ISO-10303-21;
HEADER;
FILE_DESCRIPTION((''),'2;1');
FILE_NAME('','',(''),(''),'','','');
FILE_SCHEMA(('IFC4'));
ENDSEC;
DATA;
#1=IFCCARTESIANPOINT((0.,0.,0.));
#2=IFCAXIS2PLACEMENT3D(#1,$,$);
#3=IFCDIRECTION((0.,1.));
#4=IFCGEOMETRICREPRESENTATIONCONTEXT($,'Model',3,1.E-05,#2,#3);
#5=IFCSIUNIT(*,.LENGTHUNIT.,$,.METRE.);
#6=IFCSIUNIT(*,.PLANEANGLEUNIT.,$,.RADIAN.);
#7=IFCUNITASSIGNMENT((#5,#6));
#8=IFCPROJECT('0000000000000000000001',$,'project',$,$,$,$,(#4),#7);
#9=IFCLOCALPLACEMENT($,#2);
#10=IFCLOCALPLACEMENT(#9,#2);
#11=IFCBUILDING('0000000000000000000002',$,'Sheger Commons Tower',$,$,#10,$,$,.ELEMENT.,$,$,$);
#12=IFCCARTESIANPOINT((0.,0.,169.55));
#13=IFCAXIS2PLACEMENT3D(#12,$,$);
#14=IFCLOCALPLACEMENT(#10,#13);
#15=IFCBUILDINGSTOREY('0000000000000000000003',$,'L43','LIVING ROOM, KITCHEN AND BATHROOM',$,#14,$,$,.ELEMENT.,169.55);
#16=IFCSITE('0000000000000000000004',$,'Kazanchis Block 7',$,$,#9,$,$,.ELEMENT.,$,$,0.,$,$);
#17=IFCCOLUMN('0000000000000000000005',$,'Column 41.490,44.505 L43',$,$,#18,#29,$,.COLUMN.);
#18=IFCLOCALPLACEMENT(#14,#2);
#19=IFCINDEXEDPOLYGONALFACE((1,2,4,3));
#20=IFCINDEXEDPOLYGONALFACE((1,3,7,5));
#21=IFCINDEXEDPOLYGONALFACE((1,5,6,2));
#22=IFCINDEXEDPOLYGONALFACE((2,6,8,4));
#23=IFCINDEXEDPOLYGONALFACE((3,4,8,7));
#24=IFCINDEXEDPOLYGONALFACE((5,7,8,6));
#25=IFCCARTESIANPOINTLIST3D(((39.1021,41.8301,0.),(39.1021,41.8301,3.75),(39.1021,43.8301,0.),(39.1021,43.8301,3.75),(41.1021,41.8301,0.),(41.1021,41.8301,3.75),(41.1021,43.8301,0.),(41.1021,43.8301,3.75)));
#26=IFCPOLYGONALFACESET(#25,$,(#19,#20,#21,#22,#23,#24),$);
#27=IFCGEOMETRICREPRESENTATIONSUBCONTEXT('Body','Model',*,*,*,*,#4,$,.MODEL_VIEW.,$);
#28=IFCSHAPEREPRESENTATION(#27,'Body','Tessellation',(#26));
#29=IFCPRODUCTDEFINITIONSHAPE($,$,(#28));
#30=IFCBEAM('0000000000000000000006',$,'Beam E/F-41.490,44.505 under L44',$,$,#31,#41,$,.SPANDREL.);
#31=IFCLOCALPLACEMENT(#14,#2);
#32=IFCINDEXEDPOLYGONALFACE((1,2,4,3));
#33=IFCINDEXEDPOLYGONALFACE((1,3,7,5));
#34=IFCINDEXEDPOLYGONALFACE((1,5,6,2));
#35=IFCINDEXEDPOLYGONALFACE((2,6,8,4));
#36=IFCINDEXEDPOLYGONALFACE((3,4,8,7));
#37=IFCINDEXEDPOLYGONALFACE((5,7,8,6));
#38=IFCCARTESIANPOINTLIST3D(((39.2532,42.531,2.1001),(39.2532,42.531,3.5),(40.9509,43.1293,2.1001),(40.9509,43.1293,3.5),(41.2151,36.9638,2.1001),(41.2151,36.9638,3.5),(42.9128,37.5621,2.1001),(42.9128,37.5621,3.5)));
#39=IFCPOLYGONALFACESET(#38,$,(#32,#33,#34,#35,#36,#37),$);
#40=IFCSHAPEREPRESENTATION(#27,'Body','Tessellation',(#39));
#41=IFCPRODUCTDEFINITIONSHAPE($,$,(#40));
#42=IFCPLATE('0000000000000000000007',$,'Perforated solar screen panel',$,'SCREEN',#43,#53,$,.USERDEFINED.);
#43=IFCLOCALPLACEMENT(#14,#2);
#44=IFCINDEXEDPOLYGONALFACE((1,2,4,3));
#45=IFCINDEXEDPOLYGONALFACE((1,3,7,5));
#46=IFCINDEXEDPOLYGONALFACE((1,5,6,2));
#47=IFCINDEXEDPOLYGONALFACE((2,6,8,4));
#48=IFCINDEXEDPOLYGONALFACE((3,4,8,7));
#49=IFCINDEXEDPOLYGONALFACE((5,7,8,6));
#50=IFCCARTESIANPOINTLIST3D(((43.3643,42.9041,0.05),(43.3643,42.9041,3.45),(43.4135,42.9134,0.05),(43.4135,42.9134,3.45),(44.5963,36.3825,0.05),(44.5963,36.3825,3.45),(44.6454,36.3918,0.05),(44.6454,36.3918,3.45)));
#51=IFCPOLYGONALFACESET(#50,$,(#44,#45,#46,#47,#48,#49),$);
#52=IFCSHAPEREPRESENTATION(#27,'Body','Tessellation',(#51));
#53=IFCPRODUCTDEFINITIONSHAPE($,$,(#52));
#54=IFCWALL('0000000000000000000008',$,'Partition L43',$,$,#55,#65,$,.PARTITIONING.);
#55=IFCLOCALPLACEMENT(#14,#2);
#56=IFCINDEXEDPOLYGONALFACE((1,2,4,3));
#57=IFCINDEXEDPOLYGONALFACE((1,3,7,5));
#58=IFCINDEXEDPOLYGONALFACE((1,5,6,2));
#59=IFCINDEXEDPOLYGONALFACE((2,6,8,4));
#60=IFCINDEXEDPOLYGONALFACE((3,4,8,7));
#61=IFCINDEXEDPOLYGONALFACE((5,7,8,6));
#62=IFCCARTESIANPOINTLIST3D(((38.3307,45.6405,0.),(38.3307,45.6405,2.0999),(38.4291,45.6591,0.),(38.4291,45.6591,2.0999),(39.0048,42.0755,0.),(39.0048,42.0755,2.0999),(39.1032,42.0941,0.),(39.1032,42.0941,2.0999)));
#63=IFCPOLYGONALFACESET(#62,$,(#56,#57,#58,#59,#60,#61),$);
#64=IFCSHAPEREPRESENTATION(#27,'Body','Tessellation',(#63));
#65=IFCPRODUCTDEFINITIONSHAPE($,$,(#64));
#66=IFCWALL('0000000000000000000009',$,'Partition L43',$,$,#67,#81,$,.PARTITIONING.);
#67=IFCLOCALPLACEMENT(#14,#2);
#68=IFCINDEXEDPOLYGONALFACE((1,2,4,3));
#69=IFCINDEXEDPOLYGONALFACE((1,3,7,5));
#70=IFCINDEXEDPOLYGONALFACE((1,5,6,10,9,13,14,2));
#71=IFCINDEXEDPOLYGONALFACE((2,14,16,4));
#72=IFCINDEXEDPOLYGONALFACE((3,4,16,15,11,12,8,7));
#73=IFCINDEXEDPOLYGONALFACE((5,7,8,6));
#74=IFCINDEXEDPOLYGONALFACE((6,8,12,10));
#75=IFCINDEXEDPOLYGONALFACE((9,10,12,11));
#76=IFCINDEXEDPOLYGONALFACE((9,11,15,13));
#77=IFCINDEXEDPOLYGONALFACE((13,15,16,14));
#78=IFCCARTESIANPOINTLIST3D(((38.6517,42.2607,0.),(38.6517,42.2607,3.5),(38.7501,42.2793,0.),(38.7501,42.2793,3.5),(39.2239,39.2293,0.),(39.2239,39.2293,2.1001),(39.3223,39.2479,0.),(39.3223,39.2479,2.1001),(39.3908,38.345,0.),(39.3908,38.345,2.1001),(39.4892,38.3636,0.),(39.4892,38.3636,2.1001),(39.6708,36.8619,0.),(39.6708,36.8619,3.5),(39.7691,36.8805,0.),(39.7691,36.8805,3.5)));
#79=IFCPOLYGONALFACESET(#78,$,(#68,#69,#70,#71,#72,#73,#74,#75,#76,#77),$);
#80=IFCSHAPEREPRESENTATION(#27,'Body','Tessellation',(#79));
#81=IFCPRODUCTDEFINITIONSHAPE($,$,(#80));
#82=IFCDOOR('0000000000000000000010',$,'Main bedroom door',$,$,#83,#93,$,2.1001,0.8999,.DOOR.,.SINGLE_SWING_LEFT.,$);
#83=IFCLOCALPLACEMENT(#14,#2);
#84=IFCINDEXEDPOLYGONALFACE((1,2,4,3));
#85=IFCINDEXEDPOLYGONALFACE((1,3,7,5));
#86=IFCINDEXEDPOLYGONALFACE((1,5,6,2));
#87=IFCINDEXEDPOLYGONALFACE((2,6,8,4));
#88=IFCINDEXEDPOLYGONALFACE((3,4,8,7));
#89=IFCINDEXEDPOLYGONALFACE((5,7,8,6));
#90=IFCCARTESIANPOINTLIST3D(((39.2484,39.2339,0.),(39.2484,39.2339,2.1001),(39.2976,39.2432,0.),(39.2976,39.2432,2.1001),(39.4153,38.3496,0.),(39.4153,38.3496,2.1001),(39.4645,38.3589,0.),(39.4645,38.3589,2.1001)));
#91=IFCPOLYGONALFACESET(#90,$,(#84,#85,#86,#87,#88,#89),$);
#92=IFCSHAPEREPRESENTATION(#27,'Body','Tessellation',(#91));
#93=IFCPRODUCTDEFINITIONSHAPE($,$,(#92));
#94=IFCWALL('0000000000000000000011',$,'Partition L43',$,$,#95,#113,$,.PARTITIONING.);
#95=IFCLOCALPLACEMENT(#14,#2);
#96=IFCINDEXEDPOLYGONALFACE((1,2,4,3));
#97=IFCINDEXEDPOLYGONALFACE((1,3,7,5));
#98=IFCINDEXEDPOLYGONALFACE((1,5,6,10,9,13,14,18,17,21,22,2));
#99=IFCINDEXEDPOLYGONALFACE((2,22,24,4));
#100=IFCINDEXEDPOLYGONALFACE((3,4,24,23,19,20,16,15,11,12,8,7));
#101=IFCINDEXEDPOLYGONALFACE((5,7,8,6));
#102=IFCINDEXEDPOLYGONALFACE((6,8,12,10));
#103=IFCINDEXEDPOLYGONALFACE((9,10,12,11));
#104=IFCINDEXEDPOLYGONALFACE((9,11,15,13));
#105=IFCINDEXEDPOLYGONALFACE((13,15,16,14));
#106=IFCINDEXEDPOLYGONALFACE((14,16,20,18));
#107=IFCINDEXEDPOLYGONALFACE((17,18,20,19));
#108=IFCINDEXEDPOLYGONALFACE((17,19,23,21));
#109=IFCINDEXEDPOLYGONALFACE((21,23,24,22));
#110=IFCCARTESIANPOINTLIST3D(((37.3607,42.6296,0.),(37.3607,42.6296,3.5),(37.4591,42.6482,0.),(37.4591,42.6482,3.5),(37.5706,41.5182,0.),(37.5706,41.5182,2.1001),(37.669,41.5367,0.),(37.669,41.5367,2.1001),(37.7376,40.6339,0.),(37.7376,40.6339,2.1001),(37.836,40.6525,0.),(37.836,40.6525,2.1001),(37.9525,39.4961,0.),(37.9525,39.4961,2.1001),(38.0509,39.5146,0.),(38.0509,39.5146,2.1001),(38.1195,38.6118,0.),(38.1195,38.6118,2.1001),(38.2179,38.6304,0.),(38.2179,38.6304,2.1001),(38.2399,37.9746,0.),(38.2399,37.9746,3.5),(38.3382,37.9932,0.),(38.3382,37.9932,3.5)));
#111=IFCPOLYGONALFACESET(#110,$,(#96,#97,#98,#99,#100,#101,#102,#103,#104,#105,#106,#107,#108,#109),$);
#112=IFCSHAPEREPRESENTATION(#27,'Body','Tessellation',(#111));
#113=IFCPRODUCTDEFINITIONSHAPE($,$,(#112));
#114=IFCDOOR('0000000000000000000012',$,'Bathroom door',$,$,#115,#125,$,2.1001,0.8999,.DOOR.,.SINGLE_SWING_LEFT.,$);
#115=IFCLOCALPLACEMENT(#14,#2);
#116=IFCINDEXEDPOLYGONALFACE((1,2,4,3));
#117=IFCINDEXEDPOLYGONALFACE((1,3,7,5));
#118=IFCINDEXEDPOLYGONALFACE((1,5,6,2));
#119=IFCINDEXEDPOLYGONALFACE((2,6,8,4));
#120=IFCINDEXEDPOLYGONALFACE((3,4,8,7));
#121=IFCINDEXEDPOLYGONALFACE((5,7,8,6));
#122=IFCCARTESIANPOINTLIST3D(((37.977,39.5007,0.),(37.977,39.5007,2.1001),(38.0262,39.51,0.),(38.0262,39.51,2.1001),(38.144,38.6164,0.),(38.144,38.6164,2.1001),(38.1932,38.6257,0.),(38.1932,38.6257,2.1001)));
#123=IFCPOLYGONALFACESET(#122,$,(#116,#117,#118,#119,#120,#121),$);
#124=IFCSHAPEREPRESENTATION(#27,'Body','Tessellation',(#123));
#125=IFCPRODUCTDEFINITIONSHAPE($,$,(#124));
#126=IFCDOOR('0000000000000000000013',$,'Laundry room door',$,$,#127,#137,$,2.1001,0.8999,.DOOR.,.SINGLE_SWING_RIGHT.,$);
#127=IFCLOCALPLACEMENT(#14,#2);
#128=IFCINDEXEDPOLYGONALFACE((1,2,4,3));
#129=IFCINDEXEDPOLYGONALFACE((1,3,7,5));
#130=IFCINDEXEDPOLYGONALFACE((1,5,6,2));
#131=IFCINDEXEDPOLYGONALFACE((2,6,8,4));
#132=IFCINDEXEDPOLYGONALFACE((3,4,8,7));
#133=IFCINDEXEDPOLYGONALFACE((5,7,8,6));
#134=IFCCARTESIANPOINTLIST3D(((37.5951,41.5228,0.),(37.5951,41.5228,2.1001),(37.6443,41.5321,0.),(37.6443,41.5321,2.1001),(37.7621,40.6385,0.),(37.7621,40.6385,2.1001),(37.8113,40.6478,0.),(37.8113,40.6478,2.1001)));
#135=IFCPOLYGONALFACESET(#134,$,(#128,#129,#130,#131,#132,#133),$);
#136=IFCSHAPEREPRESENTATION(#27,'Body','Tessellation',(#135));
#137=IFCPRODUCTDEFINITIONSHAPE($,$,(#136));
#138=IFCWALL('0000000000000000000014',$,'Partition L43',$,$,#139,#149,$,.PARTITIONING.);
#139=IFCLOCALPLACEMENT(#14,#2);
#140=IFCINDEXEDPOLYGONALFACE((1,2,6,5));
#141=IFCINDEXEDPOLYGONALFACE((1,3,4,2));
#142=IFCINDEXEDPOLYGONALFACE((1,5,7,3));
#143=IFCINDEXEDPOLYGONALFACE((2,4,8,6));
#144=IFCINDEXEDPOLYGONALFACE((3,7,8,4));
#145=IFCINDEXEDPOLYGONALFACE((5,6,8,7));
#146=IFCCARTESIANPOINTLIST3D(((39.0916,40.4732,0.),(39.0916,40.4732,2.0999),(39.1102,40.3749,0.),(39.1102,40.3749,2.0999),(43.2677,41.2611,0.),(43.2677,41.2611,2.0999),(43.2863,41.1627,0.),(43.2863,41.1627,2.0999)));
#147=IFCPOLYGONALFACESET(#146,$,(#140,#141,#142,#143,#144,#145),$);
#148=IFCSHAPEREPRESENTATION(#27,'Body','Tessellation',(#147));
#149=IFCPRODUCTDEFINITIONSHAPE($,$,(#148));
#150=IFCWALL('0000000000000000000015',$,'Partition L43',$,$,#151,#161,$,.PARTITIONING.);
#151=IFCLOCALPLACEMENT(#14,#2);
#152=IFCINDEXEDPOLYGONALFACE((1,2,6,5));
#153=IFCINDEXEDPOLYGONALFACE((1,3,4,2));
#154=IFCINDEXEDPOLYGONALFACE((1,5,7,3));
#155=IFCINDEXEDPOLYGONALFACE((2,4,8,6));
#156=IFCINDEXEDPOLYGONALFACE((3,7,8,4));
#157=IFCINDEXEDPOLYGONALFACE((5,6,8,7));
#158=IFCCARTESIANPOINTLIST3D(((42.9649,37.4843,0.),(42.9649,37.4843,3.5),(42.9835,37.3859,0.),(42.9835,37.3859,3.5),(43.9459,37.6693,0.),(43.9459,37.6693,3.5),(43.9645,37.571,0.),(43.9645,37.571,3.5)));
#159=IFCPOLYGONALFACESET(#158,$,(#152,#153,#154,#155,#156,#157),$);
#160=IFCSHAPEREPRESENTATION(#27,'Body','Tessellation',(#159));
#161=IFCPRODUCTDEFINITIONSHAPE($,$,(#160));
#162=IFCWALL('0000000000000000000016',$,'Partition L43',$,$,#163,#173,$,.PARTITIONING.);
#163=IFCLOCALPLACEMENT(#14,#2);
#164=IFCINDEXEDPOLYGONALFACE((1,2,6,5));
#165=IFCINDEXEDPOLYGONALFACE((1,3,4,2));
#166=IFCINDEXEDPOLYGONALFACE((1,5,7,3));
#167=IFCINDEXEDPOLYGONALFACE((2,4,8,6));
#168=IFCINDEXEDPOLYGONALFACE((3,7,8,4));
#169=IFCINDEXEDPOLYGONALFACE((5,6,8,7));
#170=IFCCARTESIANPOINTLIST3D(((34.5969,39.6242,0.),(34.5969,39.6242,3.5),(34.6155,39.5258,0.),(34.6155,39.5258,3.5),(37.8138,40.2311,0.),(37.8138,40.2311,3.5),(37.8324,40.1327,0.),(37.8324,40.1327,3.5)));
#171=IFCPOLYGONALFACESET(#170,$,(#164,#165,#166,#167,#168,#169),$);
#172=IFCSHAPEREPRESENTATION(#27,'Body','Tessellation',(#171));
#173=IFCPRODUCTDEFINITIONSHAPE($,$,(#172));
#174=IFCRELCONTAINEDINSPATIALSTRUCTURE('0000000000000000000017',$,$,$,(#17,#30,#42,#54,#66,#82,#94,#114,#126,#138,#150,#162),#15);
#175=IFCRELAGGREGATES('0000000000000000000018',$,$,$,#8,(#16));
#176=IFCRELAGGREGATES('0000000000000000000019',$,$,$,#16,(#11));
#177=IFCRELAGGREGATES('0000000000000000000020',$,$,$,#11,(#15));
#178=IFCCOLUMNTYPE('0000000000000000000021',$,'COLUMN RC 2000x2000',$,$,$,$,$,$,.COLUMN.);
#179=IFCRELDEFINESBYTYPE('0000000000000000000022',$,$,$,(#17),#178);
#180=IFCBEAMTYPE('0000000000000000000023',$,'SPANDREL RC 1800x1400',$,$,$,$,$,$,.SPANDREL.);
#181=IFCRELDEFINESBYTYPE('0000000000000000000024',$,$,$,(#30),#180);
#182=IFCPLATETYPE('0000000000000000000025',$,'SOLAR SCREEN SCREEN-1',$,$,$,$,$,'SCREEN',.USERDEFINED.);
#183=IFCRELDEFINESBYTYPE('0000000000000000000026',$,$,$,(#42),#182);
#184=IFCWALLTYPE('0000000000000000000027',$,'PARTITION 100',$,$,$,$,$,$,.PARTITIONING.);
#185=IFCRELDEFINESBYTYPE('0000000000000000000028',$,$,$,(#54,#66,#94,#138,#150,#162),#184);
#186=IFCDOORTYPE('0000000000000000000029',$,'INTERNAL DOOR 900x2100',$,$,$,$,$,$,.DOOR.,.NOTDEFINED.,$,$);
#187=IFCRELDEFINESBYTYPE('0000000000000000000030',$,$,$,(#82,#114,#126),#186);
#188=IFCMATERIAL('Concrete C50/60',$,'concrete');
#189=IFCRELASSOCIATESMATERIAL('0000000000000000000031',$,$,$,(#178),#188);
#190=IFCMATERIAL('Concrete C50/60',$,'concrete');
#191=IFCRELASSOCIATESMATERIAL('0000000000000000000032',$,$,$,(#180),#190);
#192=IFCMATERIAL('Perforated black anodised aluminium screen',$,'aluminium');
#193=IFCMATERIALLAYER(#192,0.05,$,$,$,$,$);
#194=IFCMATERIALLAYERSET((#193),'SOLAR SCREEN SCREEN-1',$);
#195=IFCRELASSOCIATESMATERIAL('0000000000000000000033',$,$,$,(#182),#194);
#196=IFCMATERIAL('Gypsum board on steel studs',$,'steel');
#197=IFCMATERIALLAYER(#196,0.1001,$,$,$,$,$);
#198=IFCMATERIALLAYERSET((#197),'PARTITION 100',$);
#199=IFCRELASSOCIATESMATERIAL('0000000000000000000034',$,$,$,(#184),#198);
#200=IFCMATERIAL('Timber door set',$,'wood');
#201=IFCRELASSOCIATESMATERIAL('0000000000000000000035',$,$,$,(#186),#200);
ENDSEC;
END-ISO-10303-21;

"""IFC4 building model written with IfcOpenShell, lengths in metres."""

from ifc_helpers import new_model, si_unit, direction, frame, frame_2d, origin, origin_2d, place, context, subcontext, project, spatial, rectangle, extrude, material, layer, layer_set, material_profile, profile_set, type_object, element, fill, save


model = new_model("IFC4")

# Units and contexts
model_context = context("Model", 3, precision=1e-05, world=origin(), true_north=direction((0.0, 1.0)))
body_context = subcontext(model_context, "Body", "Model", "MODEL_VIEW")
ifc_project = project(units=[si_unit("LENGTHUNIT", "METRE"), si_unit("PLANEANGLEUNIT", "RADIAN")], contexts=[model_context])

# Site, building, storey
site_placement = place(None, origin())
site = spatial("IfcSite", under=ifc_project, at=site_placement, Name="Kazanchis Block 7", CompositionType="ELEMENT", RefElevation=0.0)
building_placement = place(site_placement, origin())
building = spatial("IfcBuilding", under=site, at=building_placement, Name="Sheger Commons Tower", CompositionType="ELEMENT")
storey_placement = place(building_placement, frame((0.0, 0.0, 169.55)))
storey = spatial("IfcBuildingStorey", under=building, at=storey_placement, Name="L43", Description="LIVING ROOM, KITCHEN AND BATHROOM", CompositionType="ELEMENT", Elevation=169.55)

# Column
ifc_material_1 = material(Name="Concrete C50/60", Category="concrete")
ifc_material_profile_1 = material_profile(ifc_material_1, rectangle(XDim=2.0, YDim=2.0, at=origin_2d()), Name="RC 2000x2000")
ifc_profile_set_1 = profile_set([ifc_material_profile_1], Name="Concrete C50/60")
column_type = type_object("IfcColumnType", Name="COLUMN RC 2000x2000", PredefinedType="COLUMN", material=ifc_profile_set_1)
column_placement = place(storey_placement, frame((40.1021, 42.8301, 0.0), z_axis=(0.0, 0.0, 1.0), x_axis=(1.0, 0.0, 0.0)))
element("IfcColumn", 1, at=column_placement, inside=storey, type_object=column_type, Name="Column 41.490,44.505 L43", PredefinedType="COLUMN", context=body_context, shape_type="SweptSolid", body=[
    extrude(rectangle(XDim=2.0, YDim=2.0, at=origin_2d()), origin(), (0.0, 0.0, 1.0), 3.75),
])

# Beam
ifc_material_2 = material(Name="Concrete C50/60", Category="concrete")
ifc_material_profile_2 = material_profile(ifc_material_2, rectangle(XDim=1.8, YDim=1.3999, at=origin_2d()), Name="RC 1800x1400")
ifc_profile_set_2 = profile_set([ifc_material_profile_2], Name="Concrete C50/60")
beam_type = type_object("IfcBeamType", Name="SPANDREL RC 1800x1400", PredefinedType="SPANDREL", material=ifc_profile_set_2)
beam_placement = place(storey_placement, frame((42.064, 37.2629, 2.8), z_axis=(-0.332374, 0.943148, 0.0), x_axis=(-0.943148, -0.332374, 0.0)))
element("IfcBeam", 2, at=beam_placement, inside=storey, type_object=beam_type, Name="Beam E/F-41.490,44.505 under L44", PredefinedType="SPANDREL", context=body_context, shape_type="SweptSolid", body=[
    extrude(rectangle(XDim=1.8, YDim=1.3999, at=origin_2d()), origin(), (0.0, 0.0, 1.0), 5.9028),
])

# Plate
ifc_material_3 = material(Name="Perforated black anodised aluminium screen", Category="aluminium")
ifc_layer_1 = layer(ifc_material_3, 0.05)
ifc_layer_set_1 = layer_set([ifc_layer_1], Name="SOLAR SCREEN SCREEN-1")
plate_type = type_object("IfcPlateType", Name="SOLAR SCREEN SCREEN-1", ElementType="SCREEN", PredefinedType="USERDEFINED", material=ifc_layer_set_1)
plate_placement = place(storey_placement, frame((44.0049, 39.6479, 0.05), z_axis=(0.0, 0.0, 1.0), x_axis=(-0.185615, 0.982623, 0.0)))
element("IfcPlate", 3, at=plate_placement, inside=storey, type_object=plate_type, Name="Perforated solar screen panel", ObjectType="SCREEN", PredefinedType="USERDEFINED", context=body_context, shape_type="SweptSolid", body=[
    extrude(rectangle(XDim=6.637, YDim=0.05, at=origin_2d()), origin(), (0.0, 0.0, 1.0), 3.3999),
])

# Wall
ifc_material_4 = material(Name="Gypsum board on steel studs", Category="steel")
ifc_layer_2 = layer(ifc_material_4, 0.1001)
ifc_layer_set_2 = layer_set([ifc_layer_2], Name="PARTITION 100")
wall_type = type_object("IfcWallType", Name="PARTITION 100", PredefinedType="PARTITIONING", material=ifc_layer_set_2)
wall_1_placement = place(storey_placement, frame((39.054, 42.085, 0.0), z_axis=(0.0, 0.0, 1.0), x_axis=(-0.185792, 0.982589, 0.0)))
element("IfcWall", 4, at=wall_1_placement, inside=storey, type_object=wall_type, Name="Partition L43", PredefinedType="PARTITIONING", context=body_context, shape_type="SweptSolid", body=[
    extrude(rectangle(XDim=3.6282, YDim=0.1001, at=frame_2d((1.814, 0.0))), origin(), (0.0, 0.0, 1.0), 2.0999),
])

# Wall, opening, door
wall_2_placement = place(storey_placement, frame((38.7009, 42.27, 0.0), z_axis=(0.0, 0.0, 1.0), x_axis=(0.185474, -0.982649, 0.0)))
wall_2 = element("IfcWall", 5, at=wall_2_placement, inside=storey, type_object=wall_type, Name="Partition L43", PredefinedType="PARTITIONING", context=body_context, shape_type="SweptSolid", body=[
    extrude(rectangle(XDim=5.4941, YDim=0.1001, at=frame_2d((2.7471, 0.0))), origin(), (0.0, 0.0, 1.0), 3.5),
])
opening_1_placement = place(wall_2_placement, frame((3.085, 0.0, 0.0)))
opening_1 = element("IfcOpeningElement", 6, at=opening_1_placement, cuts=wall_2, PredefinedType="OPENING", context=body_context, shape_type="SweptSolid", body=[
    extrude(rectangle(XDim=0.8999, YDim=2.1001, at=frame_2d((0.45, 1.05))), frame((0.0, 0.0601, 0.0), z_axis=(0.0, -1.0, 0.0), x_axis=(1.0, 0.0, 0.0)), (0.0, 0.0, 1.0), 0.1201),
])
ifc_material_5 = material(Name="Timber door set", Category="wood")
door_type = type_object("IfcDoorType", Name="INTERNAL DOOR 900x2100", OperationType="NOTDEFINED", PredefinedType="DOOR", material=ifc_material_5)
door_1_placement = place(opening_1_placement, origin())
door_1 = element("IfcDoor", 7, at=door_1_placement, inside=storey, type_object=door_type, Name="Main bedroom door", OperationType="SINGLE_SWING_LEFT", OverallHeight=2.1001, OverallWidth=0.8999, PredefinedType="DOOR", context=body_context, shape_type="SweptSolid", body=[
    extrude(rectangle(XDim=0.8999, YDim=2.1001, at=frame_2d((0.45, 1.05))), frame((0.0, 0.0249, 0.0), z_axis=(0.0, -1.0, 0.0), x_axis=(1.0, 0.0, 0.0)), (0.0, 0.0, 1.0), 0.05),
])
fill(opening_1, door_1)

# Wall, openings, doors
wall_3_placement = place(storey_placement, frame((37.4099, 42.6389, 0.0), z_axis=(0.0, 0.0, 1.0), x_axis=(0.18558, -0.982629, 0.0)))
wall_3 = element("IfcWall", 8, at=wall_3_placement, inside=storey, type_object=wall_type, Name="Partition L43", PredefinedType="PARTITIONING", context=body_context, shape_type="SweptSolid", body=[
    extrude(rectangle(XDim=4.7373, YDim=0.1001, at=frame_2d((2.3687, 0.0))), origin(), (0.0, 0.0, 1.0), 3.5),
])
opening_2_placement = place(wall_3_placement, frame((3.189, 0.0, 0.0)))
opening_2 = element("IfcOpeningElement", 9, at=opening_2_placement, cuts=wall_3, PredefinedType="OPENING", context=body_context, shape_type="SweptSolid", body=[
    extrude(rectangle(XDim=0.8999, YDim=2.1001, at=frame_2d((0.45, 1.05))), frame((0.0, 0.0601, 0.0), z_axis=(0.0, -1.0, 0.0), x_axis=(1.0, 0.0, 0.0)), (0.0, 0.0, 1.0), 0.1201),
])
opening_3_placement = place(wall_3_placement, frame((1.1311, 0.0, 0.0)))
opening_3 = element("IfcOpeningElement", 10, at=opening_3_placement, cuts=wall_3, PredefinedType="OPENING", context=body_context, shape_type="SweptSolid", body=[
    extrude(rectangle(XDim=0.8999, YDim=2.1001, at=frame_2d((0.45, 1.05))), frame((0.0, 0.0601, 0.0), z_axis=(0.0, -1.0, 0.0), x_axis=(1.0, 0.0, 0.0)), (0.0, 0.0, 1.0), 0.1201),
])
door_2_placement = place(opening_2_placement, origin())
door_2 = element("IfcDoor", 11, at=door_2_placement, inside=storey, type_object=door_type, Name="Bathroom door", OperationType="SINGLE_SWING_LEFT", OverallHeight=2.1001, OverallWidth=0.8999, PredefinedType="DOOR", context=body_context, shape_type="SweptSolid", body=[
    extrude(rectangle(XDim=0.8999, YDim=2.1001, at=frame_2d((0.45, 1.05))), frame((0.0, 0.0249, 0.0), z_axis=(0.0, -1.0, 0.0), x_axis=(1.0, 0.0, 0.0)), (0.0, 0.0, 1.0), 0.05),
])
fill(opening_2, door_2)
door_3_placement = place(opening_3_placement, origin())
door_3 = element("IfcDoor", 12, at=door_3_placement, inside=storey, type_object=door_type, Name="Laundry room door", OperationType="SINGLE_SWING_RIGHT", OverallHeight=2.1001, OverallWidth=0.8999, PredefinedType="DOOR", context=body_context, shape_type="SweptSolid", body=[
    extrude(rectangle(XDim=0.8999, YDim=2.1001, at=frame_2d((0.45, 1.05))), frame((0.0, 0.0249, 0.0), z_axis=(0.0, -1.0, 0.0), x_axis=(1.0, 0.0, 0.0)), (0.0, 0.0, 1.0), 0.05),
])
fill(opening_3, door_3)

# Walls
wall_4_placement = place(storey_placement, frame((43.2771, 41.2119, 0.0), z_axis=(0.0, 0.0, 1.0), x_axis=(-0.982665, -0.185388, 0.0)))
element("IfcWall", 13, at=wall_4_placement, inside=storey, type_object=wall_type, Name="Partition L43", PredefinedType="PARTITIONING", context=body_context, shape_type="SweptSolid", body=[
    extrude(rectangle(XDim=4.2498, YDim=0.1001, at=frame_2d((2.125, 0.0))), origin(), (0.0, 0.0, 1.0), 2.0999),
])
wall_5_placement = place(storey_placement, frame((43.9551, 37.6201, 0.0), z_axis=(0.0, 0.0, 1.0), x_axis=(-0.982667, -0.185381, 0.0)))
element("IfcWall", 14, at=wall_5_placement, inside=storey, type_object=wall_type, Name="Partition L43", PredefinedType="PARTITIONING", context=body_context, shape_type="SweptSolid", body=[
    extrude(rectangle(XDim=0.9983, YDim=0.1001, at=frame_2d((0.499, 0.0))), origin(), (0.0, 0.0, 1.0), 3.5),
])
wall_6_placement = place(storey_placement, frame((37.823, 40.1819, 0.0), z_axis=(0.0, 0.0, 1.0), x_axis=(-0.982665, -0.185392, 0.0)))
element("IfcWall", 15, at=wall_6_placement, inside=storey, type_object=wall_type, Name="Partition L43", PredefinedType="PARTITIONING", context=body_context, shape_type="SweptSolid", body=[
    extrude(rectangle(XDim=3.2737, YDim=0.1001, at=frame_2d((1.6367, 0.0))), origin(), (0.0, 0.0, 1.0), 3.5),
])

save(model, "model.ifc")
